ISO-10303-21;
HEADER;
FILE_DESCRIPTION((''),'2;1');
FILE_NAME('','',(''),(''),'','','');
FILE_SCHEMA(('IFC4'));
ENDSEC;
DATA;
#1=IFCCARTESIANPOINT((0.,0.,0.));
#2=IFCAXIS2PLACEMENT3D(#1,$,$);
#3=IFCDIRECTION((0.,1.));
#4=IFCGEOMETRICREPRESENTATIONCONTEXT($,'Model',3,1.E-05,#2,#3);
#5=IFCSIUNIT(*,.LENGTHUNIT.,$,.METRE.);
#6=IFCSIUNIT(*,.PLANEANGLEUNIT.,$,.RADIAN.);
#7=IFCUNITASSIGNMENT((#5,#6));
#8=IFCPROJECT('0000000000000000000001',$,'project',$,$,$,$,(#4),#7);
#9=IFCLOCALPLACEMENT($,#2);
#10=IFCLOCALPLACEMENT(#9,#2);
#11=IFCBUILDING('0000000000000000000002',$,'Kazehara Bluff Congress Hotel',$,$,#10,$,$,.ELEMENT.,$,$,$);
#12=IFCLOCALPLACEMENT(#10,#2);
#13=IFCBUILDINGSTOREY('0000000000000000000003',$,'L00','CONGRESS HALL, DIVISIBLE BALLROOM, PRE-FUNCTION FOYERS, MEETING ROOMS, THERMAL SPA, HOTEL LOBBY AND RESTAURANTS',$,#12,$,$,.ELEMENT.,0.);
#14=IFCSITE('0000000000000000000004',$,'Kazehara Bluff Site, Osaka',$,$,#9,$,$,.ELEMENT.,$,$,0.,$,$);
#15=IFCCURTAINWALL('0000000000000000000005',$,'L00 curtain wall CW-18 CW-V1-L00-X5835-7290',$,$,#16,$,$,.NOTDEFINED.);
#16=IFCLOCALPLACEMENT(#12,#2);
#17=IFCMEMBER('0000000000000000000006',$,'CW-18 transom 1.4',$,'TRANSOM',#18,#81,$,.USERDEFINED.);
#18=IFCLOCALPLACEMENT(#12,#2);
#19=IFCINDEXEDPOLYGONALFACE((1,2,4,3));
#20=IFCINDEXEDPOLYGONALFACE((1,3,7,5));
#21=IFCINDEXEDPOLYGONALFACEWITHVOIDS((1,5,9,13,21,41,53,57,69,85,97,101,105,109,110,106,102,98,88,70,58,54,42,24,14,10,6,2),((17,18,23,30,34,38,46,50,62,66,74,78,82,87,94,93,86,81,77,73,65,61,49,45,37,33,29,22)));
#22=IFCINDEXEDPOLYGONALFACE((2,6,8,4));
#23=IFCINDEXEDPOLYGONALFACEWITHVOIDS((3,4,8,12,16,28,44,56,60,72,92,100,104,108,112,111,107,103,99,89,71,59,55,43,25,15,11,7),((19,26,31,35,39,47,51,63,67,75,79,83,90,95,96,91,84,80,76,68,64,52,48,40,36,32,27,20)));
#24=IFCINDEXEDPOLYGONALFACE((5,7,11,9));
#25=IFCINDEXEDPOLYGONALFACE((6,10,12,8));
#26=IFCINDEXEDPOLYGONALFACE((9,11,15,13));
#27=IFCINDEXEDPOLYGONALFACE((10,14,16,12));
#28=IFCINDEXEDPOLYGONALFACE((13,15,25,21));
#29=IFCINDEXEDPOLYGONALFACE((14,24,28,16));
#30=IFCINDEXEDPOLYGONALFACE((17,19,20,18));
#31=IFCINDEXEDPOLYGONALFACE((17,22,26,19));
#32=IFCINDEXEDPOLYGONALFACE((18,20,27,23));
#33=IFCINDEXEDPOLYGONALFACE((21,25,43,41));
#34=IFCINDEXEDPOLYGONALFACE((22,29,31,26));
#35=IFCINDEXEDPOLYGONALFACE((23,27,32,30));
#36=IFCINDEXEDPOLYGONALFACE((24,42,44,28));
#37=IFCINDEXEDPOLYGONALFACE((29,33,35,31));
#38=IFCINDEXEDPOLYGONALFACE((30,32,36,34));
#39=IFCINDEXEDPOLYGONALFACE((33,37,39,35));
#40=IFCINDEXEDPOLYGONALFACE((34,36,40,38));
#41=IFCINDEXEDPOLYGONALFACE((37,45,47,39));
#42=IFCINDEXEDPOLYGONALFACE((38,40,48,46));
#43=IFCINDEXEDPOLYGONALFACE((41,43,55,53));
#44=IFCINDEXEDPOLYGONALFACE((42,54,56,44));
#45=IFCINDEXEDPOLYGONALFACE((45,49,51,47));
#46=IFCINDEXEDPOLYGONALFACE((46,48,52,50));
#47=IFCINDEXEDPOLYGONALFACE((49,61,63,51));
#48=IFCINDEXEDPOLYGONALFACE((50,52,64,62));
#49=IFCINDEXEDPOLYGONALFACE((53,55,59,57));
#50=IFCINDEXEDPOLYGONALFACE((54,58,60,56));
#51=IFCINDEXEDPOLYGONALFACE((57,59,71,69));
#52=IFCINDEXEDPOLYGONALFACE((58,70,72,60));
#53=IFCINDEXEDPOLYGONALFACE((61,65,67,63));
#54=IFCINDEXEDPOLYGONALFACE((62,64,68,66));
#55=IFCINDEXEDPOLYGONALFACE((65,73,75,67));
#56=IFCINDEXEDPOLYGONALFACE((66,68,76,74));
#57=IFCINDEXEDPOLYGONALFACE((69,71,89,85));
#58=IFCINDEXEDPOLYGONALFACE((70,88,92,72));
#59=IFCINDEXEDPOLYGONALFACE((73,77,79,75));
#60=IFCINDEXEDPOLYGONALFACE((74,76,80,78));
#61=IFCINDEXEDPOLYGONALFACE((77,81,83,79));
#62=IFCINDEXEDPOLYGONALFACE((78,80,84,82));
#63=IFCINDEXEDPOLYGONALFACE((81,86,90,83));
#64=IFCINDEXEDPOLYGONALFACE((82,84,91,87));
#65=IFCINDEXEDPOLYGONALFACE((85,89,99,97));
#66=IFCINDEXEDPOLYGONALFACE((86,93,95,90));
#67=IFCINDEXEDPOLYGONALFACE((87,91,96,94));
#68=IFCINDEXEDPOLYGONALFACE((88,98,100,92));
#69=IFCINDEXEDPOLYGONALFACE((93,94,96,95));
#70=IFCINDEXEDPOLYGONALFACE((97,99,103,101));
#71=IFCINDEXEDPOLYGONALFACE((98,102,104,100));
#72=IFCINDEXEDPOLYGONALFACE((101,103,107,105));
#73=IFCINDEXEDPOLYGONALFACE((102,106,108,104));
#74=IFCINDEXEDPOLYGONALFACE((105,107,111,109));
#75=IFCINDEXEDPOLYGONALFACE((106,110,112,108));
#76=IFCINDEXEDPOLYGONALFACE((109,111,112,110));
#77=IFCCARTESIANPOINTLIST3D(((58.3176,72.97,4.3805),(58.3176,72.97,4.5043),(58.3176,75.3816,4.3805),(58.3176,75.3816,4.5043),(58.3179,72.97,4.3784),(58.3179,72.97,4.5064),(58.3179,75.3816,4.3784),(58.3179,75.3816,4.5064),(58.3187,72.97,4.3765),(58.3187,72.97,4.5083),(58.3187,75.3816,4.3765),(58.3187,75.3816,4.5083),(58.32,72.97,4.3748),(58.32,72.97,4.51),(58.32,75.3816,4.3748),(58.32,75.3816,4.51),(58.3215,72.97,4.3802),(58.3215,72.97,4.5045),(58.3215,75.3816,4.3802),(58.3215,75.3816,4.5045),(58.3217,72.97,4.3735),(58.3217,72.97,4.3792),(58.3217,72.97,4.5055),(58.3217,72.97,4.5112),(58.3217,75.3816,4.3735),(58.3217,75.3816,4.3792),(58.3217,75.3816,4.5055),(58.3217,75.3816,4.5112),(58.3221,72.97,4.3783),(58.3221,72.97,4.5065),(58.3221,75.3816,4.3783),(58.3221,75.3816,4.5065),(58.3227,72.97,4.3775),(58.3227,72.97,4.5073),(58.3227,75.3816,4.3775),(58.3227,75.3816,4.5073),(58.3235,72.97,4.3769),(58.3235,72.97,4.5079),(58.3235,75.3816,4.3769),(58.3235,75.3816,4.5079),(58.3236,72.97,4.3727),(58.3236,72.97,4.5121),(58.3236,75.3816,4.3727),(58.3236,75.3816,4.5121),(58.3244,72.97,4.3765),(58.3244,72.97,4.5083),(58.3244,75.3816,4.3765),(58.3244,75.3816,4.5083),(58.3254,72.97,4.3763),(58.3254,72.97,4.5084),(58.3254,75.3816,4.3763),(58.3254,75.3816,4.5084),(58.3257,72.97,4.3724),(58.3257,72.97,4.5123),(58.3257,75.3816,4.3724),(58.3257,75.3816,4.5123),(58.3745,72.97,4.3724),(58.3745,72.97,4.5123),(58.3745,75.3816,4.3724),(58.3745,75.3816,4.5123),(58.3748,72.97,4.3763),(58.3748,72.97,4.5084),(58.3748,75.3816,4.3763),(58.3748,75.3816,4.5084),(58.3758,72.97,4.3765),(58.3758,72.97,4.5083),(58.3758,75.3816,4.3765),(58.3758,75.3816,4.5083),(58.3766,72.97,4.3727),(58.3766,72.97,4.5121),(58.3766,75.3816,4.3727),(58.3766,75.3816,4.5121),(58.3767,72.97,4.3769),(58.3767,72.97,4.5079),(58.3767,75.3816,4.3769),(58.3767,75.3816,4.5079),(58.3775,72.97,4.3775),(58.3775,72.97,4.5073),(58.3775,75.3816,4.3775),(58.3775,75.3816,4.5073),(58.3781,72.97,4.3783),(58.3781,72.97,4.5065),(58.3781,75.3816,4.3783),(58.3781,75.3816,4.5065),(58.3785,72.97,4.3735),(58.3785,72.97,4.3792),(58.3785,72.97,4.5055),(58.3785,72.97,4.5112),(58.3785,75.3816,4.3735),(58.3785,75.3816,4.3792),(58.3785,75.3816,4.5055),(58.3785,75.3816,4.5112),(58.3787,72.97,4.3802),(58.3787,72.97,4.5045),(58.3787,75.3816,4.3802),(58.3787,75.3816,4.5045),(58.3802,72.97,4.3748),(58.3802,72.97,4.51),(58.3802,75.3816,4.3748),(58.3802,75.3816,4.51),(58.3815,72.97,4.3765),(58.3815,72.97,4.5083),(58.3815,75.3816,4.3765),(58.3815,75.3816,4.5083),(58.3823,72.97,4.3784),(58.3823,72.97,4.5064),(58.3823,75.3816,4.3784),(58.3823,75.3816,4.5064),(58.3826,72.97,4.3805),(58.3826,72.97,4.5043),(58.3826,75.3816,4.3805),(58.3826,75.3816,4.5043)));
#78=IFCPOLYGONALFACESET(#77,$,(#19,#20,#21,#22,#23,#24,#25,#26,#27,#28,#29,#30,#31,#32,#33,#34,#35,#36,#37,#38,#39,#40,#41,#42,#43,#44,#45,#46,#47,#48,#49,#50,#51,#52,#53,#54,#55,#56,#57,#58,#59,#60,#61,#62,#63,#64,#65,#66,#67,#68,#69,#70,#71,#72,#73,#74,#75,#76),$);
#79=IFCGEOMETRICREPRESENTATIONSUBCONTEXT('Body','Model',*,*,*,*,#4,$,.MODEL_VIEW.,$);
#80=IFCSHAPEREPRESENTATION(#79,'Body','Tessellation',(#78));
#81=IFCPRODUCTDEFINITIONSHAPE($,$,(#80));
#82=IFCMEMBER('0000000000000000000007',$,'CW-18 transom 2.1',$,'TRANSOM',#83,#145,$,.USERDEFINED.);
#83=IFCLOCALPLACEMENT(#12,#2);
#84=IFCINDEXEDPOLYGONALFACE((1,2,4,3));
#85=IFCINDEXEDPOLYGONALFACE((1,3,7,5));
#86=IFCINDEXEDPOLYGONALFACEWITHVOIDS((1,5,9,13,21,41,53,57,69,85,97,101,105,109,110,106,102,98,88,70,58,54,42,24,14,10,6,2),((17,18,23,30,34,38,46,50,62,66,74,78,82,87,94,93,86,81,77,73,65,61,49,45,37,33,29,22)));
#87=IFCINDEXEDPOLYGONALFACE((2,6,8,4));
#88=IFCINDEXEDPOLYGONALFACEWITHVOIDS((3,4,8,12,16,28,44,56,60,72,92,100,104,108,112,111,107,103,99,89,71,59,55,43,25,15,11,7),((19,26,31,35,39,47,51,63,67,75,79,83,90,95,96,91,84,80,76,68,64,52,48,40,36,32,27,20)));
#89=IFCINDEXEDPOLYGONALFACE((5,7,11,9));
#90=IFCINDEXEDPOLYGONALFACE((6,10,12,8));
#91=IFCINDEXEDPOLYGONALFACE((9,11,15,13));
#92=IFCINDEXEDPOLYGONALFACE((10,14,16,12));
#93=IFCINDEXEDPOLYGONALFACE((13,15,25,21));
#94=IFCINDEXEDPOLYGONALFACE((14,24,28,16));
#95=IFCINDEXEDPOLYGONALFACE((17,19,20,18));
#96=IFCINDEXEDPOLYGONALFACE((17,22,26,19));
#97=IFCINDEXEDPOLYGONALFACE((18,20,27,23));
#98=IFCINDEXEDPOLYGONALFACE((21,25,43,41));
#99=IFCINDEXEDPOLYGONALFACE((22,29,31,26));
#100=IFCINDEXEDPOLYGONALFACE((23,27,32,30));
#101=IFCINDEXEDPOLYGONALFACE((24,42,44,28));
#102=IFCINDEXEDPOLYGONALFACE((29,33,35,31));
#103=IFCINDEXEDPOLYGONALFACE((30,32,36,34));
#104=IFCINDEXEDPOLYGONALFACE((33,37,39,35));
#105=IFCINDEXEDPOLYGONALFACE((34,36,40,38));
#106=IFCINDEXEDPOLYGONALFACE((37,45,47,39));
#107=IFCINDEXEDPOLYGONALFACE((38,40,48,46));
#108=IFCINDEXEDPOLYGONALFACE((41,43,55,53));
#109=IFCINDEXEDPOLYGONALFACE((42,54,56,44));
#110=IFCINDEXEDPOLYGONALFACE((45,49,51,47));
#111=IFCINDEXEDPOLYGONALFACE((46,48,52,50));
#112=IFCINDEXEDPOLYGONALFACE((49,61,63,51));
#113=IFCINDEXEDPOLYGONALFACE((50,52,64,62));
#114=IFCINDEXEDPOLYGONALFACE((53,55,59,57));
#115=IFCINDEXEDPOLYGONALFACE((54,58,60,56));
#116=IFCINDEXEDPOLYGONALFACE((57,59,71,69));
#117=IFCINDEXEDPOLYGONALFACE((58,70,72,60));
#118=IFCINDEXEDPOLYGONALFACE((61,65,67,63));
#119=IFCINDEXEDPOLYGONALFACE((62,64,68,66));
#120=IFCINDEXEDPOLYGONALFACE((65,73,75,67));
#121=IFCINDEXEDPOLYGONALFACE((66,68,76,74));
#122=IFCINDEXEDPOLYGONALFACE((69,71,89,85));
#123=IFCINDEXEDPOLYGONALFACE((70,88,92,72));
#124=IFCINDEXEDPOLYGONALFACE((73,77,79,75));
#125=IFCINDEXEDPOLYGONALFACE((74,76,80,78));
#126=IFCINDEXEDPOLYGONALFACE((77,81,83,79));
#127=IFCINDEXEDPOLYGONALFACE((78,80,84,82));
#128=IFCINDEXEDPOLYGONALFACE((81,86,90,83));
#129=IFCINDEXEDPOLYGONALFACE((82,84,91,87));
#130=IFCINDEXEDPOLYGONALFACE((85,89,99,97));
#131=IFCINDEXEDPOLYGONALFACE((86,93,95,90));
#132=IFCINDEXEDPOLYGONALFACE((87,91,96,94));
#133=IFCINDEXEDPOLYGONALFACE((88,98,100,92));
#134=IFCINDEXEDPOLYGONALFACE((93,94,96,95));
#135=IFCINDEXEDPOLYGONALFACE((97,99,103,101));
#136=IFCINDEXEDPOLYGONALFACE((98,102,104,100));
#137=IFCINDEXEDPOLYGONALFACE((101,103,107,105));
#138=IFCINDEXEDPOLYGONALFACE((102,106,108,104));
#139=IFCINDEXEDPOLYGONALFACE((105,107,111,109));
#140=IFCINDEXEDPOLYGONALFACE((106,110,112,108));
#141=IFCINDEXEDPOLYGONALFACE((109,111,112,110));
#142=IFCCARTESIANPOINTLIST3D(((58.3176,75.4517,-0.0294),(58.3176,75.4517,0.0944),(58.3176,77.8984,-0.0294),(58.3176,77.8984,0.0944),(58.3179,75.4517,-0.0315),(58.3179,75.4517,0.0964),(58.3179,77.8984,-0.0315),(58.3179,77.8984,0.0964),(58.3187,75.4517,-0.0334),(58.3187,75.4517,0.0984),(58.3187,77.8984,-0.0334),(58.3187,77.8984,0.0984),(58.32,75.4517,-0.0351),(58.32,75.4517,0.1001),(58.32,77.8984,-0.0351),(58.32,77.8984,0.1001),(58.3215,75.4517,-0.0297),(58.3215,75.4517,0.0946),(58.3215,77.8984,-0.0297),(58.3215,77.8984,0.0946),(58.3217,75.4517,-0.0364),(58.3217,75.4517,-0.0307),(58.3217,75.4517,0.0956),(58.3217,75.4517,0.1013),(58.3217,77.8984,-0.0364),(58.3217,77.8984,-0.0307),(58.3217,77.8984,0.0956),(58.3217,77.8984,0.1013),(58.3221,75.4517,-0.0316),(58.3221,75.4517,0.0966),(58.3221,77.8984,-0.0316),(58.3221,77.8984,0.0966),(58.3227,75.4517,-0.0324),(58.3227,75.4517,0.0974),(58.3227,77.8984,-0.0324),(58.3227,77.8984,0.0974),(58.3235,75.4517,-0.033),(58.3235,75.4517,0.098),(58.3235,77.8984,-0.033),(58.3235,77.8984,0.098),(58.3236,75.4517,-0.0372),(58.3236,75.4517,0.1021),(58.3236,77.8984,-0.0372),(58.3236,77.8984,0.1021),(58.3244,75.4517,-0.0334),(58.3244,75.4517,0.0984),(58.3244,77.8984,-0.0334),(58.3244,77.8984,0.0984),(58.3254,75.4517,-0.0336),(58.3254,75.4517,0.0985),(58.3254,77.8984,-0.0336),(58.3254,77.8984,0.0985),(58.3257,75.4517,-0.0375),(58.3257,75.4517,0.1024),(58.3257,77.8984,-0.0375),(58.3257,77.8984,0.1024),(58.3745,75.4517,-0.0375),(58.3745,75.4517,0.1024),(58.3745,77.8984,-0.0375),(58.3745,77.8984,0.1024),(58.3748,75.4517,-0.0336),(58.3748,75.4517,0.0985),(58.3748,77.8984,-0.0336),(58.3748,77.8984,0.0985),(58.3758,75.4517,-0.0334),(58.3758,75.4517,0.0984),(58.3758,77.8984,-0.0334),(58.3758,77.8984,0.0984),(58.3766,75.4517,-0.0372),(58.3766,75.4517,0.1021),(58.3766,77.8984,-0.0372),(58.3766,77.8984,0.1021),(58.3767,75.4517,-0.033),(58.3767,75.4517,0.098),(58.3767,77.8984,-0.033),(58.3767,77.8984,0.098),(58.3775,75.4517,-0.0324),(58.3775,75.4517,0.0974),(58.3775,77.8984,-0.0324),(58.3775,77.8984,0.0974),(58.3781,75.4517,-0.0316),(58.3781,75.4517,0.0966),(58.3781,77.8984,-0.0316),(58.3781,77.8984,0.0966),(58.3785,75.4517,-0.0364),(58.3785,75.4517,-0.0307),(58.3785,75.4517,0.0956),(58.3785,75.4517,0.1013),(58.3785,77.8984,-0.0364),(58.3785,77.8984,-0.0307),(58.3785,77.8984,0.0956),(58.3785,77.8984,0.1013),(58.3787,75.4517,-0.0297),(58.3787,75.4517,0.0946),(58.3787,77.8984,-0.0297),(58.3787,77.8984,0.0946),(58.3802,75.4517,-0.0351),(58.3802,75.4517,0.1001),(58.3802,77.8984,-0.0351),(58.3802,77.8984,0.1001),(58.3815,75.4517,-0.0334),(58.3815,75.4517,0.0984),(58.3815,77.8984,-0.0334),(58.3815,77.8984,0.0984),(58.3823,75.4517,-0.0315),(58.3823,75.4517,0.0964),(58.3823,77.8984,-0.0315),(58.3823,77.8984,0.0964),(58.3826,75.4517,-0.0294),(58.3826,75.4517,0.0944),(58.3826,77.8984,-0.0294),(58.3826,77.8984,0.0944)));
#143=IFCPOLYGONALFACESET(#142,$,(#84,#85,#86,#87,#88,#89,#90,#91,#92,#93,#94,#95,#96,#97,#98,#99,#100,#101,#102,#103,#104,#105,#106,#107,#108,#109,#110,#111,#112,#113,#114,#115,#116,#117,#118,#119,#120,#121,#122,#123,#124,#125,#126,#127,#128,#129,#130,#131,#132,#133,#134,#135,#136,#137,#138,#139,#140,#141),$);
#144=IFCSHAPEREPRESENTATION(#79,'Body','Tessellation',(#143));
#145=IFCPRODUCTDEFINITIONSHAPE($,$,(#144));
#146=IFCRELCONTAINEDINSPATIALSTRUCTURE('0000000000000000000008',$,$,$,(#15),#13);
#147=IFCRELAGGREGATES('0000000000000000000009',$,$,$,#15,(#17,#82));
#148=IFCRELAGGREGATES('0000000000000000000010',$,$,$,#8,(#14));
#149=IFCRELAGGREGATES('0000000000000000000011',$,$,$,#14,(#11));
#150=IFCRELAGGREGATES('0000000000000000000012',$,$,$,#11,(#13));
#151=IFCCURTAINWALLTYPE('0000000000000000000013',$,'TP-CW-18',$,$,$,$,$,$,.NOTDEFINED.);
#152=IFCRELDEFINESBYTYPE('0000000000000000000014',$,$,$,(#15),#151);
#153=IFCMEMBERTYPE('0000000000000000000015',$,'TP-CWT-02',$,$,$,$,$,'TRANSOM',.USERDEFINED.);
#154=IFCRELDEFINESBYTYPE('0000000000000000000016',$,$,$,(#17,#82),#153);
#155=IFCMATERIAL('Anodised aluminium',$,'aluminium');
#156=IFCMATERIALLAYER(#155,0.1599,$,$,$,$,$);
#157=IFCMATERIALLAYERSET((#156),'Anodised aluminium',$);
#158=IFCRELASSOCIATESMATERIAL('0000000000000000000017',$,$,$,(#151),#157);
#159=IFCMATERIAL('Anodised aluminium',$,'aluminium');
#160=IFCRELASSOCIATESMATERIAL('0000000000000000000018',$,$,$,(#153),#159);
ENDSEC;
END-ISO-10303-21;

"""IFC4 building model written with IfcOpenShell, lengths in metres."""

from ifc_helpers import new_model, si_unit, direction, frame, origin, origin_2d, place, context, subcontext, project, spatial, hollow_rectangle, extrude, material, layer, layer_set, material_profile, profile_set, type_object, element, aggregate, save


model = new_model("IFC4")

# Units and contexts
model_context = context("Model", 3, precision=1e-05, world=origin(), true_north=direction((0.0, 1.0)))
body_context = subcontext(model_context, "Body", "Model", "MODEL_VIEW")
ifc_project = project(units=[si_unit("LENGTHUNIT", "METRE"), si_unit("PLANEANGLEUNIT", "RADIAN")], contexts=[model_context])

# Site, building, storey
site_placement = place(None, origin())
site = spatial("IfcSite", under=ifc_project, at=site_placement, Name="Kazehara Bluff Site, Osaka", CompositionType="ELEMENT", RefElevation=0.0)
building_placement = place(site_placement, origin())
building = spatial("IfcBuilding", under=site, at=building_placement, Name="Kazehara Bluff Congress Hotel", CompositionType="ELEMENT")
storey_placement = place(building_placement, origin())
storey = spatial("IfcBuildingStorey", under=building, at=storey_placement, Name="L00", Description="CONGRESS HALL, DIVISIBLE BALLROOM, PRE-FUNCTION FOYERS, MEETING ROOMS, THERMAL SPA, HOTEL LOBBY AND RESTAURANTS", CompositionType="ELEMENT", Elevation=0.0)

# Curtain wall
ifc_material_1 = material(Name="Anodised aluminium", Category="aluminium")
ifc_layer_1 = layer(ifc_material_1, 0.1599)
ifc_layer_set_1 = layer_set([ifc_layer_1], Name="Anodised aluminium")
curtain_wall_type_1 = type_object("IfcCurtainWallType", Name="TP-CW-18", PredefinedType="NOTDEFINED", material=ifc_layer_set_1)
curtain_wall_1_placement = place(storey_placement, origin())
curtain_wall_1 = element("IfcCurtainWall", 1, at=curtain_wall_1_placement, inside=storey, type_object=curtain_wall_type_1, Name="L00 curtain wall CW-18 CW-V1-L00-X5835-7290", PredefinedType="NOTDEFINED")

# Members
ifc_material_2 = material(Name="Anodised aluminium", Category="aluminium")
ifc_material_profile_1 = material_profile(ifc_material_2, hollow_rectangle(XDim=0.0649, YDim=0.1399, WallThickness=0.0039, InnerFilletRadius=0.0039, OuterFilletRadius=0.0081, at=origin_2d()))
ifc_profile_set_1 = profile_set([ifc_material_profile_1], Name="Anodised aluminium")
member_type_1 = type_object("IfcMemberType", Name="TP-CWT-02", ElementType="TRANSOM", PredefinedType="USERDEFINED", material=ifc_profile_set_1)
member_1_placement = place(storey_placement, frame((58.3501, 72.97, 4.4424), z_axis=(0.0, 1.0, 0.0), x_axis=(-1.0, 0.0, 0.0)))
member_1 = element("IfcMember", 2, at=member_1_placement, type_object=member_type_1, Name="CW-18 transom 1.4", ObjectType="TRANSOM", PredefinedType="USERDEFINED", context=body_context, shape_type="SweptSolid", body=[
    extrude(hollow_rectangle(XDim=0.0649, YDim=0.1399, WallThickness=0.0039, InnerFilletRadius=0.0039, OuterFilletRadius=0.0081, at=origin_2d()), origin(), (0.0, 0.0, 1.0), 2.4116),
])
member_2_placement = place(storey_placement, frame((58.3501, 75.4517, 0.0325), z_axis=(0.0, 1.0, 0.0), x_axis=(-1.0, 0.0, 0.0)))
member_2 = element("IfcMember", 3, at=member_2_placement, type_object=member_type_1, Name="CW-18 transom 2.1", ObjectType="TRANSOM", PredefinedType="USERDEFINED", context=body_context, shape_type="SweptSolid", body=[
    extrude(hollow_rectangle(XDim=0.0649, YDim=0.1399, WallThickness=0.0039, InnerFilletRadius=0.0039, OuterFilletRadius=0.0081, at=origin_2d()), origin(), (0.0, 0.0, 1.0), 2.4468),
])

aggregate(curtain_wall_1, [member_1, member_2])

save(model, "model.ifc")
